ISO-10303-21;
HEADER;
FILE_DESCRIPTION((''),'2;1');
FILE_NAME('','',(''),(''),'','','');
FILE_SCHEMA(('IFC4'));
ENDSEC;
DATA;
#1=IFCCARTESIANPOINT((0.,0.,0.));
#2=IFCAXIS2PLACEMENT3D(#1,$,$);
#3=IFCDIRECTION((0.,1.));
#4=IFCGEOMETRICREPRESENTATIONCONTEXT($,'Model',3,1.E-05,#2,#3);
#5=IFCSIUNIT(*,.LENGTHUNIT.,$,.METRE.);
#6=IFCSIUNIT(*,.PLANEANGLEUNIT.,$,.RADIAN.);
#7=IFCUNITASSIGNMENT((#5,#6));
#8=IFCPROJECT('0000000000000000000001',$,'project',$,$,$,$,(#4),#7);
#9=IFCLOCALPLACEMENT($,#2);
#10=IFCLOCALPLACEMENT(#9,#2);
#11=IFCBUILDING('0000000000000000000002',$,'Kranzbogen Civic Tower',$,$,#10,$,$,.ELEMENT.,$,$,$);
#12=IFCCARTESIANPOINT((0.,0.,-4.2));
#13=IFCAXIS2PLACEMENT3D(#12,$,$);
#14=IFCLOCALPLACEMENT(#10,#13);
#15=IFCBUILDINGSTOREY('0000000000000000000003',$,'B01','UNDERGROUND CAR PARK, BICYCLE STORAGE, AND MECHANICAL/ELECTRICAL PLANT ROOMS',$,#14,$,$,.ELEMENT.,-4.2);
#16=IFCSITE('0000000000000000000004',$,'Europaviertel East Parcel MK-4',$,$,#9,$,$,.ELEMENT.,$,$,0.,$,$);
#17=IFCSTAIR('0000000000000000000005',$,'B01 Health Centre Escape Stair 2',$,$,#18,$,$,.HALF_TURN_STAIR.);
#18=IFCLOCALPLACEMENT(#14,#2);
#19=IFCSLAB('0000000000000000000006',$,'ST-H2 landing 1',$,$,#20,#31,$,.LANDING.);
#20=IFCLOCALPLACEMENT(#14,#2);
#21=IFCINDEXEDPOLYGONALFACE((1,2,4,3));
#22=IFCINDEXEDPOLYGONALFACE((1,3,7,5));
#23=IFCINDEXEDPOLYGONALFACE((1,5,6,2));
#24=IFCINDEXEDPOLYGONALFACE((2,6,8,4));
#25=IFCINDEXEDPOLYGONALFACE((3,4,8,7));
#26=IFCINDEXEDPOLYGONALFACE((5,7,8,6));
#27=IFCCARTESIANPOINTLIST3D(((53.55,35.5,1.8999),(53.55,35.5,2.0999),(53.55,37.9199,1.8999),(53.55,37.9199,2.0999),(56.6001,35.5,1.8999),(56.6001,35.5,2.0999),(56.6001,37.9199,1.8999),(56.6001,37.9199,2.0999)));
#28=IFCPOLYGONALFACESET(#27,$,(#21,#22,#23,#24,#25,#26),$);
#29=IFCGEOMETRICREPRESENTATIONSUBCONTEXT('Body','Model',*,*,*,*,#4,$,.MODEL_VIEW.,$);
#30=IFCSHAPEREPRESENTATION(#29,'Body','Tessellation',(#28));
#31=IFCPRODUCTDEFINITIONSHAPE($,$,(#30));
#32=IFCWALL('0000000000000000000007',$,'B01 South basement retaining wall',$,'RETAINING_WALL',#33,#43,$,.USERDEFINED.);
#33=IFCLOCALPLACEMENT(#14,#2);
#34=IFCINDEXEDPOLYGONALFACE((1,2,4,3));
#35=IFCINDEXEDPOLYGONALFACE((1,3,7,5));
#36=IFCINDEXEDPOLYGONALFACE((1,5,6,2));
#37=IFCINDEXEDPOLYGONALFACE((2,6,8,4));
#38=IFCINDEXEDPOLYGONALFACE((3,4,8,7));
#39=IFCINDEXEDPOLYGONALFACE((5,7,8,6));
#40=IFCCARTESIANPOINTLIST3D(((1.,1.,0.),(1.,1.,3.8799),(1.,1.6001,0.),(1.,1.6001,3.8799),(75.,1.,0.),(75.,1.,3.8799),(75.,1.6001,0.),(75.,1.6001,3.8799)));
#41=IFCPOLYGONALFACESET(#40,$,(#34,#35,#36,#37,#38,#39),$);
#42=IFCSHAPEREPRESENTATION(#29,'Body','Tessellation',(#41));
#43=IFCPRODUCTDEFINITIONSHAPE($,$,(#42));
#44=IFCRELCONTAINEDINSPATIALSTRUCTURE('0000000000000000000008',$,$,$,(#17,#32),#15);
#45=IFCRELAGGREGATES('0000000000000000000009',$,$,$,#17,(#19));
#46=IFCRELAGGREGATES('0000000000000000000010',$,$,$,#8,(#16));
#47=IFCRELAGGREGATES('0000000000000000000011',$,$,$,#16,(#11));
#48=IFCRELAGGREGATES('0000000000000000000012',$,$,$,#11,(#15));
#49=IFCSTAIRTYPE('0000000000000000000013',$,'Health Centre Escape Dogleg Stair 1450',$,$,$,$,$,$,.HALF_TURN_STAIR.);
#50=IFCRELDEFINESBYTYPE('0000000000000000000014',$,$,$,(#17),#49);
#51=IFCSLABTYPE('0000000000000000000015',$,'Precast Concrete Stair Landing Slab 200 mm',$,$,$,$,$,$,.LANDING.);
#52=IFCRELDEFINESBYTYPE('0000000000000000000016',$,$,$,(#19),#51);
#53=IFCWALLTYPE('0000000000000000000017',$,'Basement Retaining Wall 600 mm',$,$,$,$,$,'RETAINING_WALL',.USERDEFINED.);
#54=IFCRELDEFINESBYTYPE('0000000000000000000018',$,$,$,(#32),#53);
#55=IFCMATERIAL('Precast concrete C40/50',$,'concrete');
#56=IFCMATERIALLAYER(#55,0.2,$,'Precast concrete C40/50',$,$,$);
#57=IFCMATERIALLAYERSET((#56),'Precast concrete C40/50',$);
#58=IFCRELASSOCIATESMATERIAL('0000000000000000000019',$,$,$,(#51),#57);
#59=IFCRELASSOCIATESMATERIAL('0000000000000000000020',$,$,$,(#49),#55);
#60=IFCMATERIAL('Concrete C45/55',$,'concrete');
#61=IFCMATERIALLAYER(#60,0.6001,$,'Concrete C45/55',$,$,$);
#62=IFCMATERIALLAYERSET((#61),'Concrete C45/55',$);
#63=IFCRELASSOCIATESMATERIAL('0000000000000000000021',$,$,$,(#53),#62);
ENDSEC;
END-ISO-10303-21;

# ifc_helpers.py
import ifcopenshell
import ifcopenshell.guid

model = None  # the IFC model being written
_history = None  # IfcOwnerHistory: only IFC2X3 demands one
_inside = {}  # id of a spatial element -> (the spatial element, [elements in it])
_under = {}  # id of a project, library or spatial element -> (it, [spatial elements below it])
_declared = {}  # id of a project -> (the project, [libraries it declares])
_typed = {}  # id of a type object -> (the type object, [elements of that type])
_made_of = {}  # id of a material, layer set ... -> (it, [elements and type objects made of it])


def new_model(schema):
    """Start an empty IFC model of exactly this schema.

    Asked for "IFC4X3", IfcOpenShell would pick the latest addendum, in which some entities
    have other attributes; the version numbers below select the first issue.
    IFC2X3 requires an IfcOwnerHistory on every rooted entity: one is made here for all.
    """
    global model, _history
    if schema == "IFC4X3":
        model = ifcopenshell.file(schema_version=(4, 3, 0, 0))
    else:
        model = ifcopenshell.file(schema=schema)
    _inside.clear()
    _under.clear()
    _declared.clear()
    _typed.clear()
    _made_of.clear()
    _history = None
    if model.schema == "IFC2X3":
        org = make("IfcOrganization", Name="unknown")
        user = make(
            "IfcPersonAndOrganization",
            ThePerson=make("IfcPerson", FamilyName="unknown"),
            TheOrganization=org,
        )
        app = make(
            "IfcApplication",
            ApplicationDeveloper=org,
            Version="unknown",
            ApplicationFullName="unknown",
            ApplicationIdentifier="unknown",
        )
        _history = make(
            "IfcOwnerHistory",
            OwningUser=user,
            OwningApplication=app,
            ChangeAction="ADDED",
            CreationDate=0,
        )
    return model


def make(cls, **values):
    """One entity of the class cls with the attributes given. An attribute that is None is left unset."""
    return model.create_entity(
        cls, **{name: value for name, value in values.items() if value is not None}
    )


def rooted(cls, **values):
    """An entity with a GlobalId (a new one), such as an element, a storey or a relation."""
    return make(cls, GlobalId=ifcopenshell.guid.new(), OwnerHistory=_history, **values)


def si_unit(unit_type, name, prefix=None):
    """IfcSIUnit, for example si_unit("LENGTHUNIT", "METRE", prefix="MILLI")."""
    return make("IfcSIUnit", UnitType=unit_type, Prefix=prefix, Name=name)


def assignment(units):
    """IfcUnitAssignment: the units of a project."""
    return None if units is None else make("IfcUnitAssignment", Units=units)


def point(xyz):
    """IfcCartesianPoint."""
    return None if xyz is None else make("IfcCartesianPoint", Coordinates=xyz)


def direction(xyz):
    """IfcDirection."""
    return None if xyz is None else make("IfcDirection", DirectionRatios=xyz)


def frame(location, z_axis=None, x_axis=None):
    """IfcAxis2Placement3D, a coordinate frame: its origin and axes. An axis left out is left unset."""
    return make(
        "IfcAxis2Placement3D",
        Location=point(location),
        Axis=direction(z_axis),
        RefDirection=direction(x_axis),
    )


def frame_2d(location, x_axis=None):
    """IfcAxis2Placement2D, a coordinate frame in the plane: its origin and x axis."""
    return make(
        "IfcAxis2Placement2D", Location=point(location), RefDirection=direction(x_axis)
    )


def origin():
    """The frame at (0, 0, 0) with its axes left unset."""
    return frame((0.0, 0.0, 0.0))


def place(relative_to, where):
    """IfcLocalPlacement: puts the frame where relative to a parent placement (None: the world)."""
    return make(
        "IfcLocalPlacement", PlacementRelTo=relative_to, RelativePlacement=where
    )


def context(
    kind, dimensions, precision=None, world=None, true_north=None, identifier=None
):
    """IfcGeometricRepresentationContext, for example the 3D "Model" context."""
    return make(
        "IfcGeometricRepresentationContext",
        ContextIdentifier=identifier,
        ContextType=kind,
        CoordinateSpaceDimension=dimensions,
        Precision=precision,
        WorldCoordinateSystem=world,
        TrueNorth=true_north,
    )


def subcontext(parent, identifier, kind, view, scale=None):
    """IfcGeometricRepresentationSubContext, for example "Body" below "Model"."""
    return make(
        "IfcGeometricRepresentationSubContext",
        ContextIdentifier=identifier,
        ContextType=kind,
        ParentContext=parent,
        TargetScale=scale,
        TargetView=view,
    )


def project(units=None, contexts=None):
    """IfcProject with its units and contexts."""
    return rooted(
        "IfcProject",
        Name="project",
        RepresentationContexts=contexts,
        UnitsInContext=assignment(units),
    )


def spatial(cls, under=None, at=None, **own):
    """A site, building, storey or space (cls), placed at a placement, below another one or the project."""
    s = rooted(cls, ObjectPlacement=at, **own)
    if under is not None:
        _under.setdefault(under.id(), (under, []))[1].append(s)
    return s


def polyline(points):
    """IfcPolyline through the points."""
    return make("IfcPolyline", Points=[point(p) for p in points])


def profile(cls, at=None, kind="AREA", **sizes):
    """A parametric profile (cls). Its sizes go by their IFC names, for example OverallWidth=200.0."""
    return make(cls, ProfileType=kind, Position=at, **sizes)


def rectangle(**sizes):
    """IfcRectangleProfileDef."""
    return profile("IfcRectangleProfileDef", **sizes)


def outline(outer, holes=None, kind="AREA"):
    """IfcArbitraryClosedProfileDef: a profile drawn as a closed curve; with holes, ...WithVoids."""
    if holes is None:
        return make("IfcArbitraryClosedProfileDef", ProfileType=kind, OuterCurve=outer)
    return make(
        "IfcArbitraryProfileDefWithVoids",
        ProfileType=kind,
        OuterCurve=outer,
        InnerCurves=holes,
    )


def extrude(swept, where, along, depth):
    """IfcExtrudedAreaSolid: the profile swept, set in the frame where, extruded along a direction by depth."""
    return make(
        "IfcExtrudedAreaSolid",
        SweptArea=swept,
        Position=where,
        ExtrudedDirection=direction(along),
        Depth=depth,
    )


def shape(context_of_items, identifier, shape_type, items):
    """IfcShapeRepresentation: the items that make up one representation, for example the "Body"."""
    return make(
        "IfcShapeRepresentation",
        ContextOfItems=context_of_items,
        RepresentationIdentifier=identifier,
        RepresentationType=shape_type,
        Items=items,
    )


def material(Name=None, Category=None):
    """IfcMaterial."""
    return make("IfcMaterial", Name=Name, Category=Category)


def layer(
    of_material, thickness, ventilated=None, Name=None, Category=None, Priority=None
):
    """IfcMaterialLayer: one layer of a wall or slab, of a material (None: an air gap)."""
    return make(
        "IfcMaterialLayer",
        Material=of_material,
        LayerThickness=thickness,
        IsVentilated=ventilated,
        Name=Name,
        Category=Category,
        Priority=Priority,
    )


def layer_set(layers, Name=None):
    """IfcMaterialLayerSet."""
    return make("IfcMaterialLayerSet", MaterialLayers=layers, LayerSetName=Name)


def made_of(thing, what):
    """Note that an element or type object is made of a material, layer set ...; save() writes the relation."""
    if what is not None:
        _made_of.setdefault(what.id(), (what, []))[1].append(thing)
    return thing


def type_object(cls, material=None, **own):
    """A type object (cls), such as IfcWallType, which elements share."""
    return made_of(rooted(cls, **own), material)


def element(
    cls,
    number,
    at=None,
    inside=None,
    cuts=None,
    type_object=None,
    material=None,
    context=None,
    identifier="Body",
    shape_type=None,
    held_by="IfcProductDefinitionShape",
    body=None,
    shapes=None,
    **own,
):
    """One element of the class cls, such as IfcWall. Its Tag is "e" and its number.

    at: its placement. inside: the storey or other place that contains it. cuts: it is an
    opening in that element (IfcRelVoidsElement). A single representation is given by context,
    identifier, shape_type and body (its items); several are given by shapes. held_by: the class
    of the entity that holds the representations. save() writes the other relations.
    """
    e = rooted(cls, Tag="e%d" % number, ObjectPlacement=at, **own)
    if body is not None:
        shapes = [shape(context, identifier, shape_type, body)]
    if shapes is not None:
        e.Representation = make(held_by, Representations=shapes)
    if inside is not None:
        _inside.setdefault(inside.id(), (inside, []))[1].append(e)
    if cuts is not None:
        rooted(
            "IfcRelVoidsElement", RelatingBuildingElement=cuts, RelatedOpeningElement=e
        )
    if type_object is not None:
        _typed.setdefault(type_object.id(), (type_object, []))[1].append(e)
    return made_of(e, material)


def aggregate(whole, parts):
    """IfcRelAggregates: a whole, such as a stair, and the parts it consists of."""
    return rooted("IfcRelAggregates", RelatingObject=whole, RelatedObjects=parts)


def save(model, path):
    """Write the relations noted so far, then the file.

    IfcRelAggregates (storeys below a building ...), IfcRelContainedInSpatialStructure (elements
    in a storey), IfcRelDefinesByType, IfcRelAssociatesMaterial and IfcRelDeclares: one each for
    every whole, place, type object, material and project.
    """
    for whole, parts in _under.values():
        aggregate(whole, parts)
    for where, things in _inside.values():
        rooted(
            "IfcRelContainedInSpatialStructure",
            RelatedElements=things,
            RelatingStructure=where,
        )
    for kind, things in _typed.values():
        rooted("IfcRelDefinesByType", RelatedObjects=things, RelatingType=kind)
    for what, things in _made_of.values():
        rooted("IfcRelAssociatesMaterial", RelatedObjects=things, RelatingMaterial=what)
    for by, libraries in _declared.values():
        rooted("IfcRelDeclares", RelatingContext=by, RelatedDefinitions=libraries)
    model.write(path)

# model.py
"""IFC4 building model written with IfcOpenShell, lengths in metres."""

from ifc_helpers import new_model, si_unit, direction, frame, frame_2d, origin, place, context, subcontext, project, spatial, polyline, rectangle, outline, extrude, material, layer, layer_set, type_object, element, aggregate, save


model = new_model("IFC4")

# Units and contexts
model_context = context("Model", 3, precision=1e-05, world=origin(), true_north=direction((0.0, 1.0)))
body_context = subcontext(model_context, "Body", "Model", "MODEL_VIEW")
ifc_project = project(units=[si_unit("LENGTHUNIT", "METRE"), si_unit("PLANEANGLEUNIT", "RADIAN")], contexts=[model_context])

# Site, building, storey
site_placement = place(None, origin())
site = spatial("IfcSite", under=ifc_project, at=site_placement, Name="Europaviertel East Parcel MK-4", CompositionType="ELEMENT", RefElevation=0.0)
building_placement = place(site_placement, origin())
building = spatial("IfcBuilding", under=site, at=building_placement, Name="Kranzbogen Civic Tower", CompositionType="ELEMENT")
storey_placement = place(building_placement, frame((0.0, 0.0, -4.2)))
storey = spatial("IfcBuildingStorey", under=building, at=storey_placement, Name="B01", Description="UNDERGROUND CAR PARK, BICYCLE STORAGE, AND MECHANICAL/ELECTRICAL PLANT ROOMS", CompositionType="ELEMENT", Elevation=-4.2)

# Stair, slab
ifc_material_1 = material(Name="Precast concrete C40/50", Category="concrete")
ifc_layer_1 = layer(ifc_material_1, 0.2, Name="Precast concrete C40/50")
ifc_layer_set_1 = layer_set([ifc_layer_1], Name="Precast concrete C40/50")
slab_type_1 = type_object("IfcSlabType", Name="Precast Concrete Stair Landing Slab 200 mm", PredefinedType="LANDING", material=ifc_layer_set_1)
stair_type_1 = type_object("IfcStairType", Name="Health Centre Escape Dogleg Stair 1450", PredefinedType="HALF_TURN_STAIR", material=ifc_material_1)
stair_1_placement = place(storey_placement, origin())
stair_1 = element("IfcStair", 1, at=stair_1_placement, inside=storey, type_object=stair_type_1, Name="B01 Health Centre Escape Stair 2", PredefinedType="HALF_TURN_STAIR")
slab_1_placement = place(storey_placement, frame((0.0, 0.0, 1.8999)))
slab_1 = element("IfcSlab", 2, at=slab_1_placement, type_object=slab_type_1, Name="ST-H2 landing 1", PredefinedType="LANDING", context=body_context, shape_type="SweptSolid", body=[
    extrude(outline(polyline([(53.55, 37.9199), (53.55, 35.5), (56.6001, 35.5), (56.6001, 37.9199), (53.55, 37.9199)])), origin(), (0.0, 0.0, 1.0), 0.2),
])
aggregate(stair_1, [slab_1])

# Wall
ifc_material_2 = material(Name="Concrete C45/55", Category="concrete")
ifc_layer_2 = layer(ifc_material_2, 0.6001, Name="Concrete C45/55")
ifc_layer_set_2 = layer_set([ifc_layer_2], Name="Concrete C45/55")
wall_type = type_object("IfcWallType", Name="Basement Retaining Wall 600 mm", ElementType="RETAINING_WALL", PredefinedType="USERDEFINED", material=ifc_layer_set_2)
wall_placement = place(storey_placement, frame((1.0, 1.3, 0.0), z_axis=(0.0, 0.0, 1.0), x_axis=(1.0, 0.0, 0.0)))
element("IfcWall", 3, at=wall_placement, inside=storey, type_object=wall_type, Name="B01 South basement retaining wall", ObjectType="RETAINING_WALL", PredefinedType="USERDEFINED", context=body_context, shape_type="SweptSolid", body=[
    extrude(rectangle(XDim=74.0, YDim=0.6001, at=frame_2d((37.0, 0.0))), origin(), (0.0, 0.0, 1.0), 3.8799),
])

save(model, "model.ifc")
